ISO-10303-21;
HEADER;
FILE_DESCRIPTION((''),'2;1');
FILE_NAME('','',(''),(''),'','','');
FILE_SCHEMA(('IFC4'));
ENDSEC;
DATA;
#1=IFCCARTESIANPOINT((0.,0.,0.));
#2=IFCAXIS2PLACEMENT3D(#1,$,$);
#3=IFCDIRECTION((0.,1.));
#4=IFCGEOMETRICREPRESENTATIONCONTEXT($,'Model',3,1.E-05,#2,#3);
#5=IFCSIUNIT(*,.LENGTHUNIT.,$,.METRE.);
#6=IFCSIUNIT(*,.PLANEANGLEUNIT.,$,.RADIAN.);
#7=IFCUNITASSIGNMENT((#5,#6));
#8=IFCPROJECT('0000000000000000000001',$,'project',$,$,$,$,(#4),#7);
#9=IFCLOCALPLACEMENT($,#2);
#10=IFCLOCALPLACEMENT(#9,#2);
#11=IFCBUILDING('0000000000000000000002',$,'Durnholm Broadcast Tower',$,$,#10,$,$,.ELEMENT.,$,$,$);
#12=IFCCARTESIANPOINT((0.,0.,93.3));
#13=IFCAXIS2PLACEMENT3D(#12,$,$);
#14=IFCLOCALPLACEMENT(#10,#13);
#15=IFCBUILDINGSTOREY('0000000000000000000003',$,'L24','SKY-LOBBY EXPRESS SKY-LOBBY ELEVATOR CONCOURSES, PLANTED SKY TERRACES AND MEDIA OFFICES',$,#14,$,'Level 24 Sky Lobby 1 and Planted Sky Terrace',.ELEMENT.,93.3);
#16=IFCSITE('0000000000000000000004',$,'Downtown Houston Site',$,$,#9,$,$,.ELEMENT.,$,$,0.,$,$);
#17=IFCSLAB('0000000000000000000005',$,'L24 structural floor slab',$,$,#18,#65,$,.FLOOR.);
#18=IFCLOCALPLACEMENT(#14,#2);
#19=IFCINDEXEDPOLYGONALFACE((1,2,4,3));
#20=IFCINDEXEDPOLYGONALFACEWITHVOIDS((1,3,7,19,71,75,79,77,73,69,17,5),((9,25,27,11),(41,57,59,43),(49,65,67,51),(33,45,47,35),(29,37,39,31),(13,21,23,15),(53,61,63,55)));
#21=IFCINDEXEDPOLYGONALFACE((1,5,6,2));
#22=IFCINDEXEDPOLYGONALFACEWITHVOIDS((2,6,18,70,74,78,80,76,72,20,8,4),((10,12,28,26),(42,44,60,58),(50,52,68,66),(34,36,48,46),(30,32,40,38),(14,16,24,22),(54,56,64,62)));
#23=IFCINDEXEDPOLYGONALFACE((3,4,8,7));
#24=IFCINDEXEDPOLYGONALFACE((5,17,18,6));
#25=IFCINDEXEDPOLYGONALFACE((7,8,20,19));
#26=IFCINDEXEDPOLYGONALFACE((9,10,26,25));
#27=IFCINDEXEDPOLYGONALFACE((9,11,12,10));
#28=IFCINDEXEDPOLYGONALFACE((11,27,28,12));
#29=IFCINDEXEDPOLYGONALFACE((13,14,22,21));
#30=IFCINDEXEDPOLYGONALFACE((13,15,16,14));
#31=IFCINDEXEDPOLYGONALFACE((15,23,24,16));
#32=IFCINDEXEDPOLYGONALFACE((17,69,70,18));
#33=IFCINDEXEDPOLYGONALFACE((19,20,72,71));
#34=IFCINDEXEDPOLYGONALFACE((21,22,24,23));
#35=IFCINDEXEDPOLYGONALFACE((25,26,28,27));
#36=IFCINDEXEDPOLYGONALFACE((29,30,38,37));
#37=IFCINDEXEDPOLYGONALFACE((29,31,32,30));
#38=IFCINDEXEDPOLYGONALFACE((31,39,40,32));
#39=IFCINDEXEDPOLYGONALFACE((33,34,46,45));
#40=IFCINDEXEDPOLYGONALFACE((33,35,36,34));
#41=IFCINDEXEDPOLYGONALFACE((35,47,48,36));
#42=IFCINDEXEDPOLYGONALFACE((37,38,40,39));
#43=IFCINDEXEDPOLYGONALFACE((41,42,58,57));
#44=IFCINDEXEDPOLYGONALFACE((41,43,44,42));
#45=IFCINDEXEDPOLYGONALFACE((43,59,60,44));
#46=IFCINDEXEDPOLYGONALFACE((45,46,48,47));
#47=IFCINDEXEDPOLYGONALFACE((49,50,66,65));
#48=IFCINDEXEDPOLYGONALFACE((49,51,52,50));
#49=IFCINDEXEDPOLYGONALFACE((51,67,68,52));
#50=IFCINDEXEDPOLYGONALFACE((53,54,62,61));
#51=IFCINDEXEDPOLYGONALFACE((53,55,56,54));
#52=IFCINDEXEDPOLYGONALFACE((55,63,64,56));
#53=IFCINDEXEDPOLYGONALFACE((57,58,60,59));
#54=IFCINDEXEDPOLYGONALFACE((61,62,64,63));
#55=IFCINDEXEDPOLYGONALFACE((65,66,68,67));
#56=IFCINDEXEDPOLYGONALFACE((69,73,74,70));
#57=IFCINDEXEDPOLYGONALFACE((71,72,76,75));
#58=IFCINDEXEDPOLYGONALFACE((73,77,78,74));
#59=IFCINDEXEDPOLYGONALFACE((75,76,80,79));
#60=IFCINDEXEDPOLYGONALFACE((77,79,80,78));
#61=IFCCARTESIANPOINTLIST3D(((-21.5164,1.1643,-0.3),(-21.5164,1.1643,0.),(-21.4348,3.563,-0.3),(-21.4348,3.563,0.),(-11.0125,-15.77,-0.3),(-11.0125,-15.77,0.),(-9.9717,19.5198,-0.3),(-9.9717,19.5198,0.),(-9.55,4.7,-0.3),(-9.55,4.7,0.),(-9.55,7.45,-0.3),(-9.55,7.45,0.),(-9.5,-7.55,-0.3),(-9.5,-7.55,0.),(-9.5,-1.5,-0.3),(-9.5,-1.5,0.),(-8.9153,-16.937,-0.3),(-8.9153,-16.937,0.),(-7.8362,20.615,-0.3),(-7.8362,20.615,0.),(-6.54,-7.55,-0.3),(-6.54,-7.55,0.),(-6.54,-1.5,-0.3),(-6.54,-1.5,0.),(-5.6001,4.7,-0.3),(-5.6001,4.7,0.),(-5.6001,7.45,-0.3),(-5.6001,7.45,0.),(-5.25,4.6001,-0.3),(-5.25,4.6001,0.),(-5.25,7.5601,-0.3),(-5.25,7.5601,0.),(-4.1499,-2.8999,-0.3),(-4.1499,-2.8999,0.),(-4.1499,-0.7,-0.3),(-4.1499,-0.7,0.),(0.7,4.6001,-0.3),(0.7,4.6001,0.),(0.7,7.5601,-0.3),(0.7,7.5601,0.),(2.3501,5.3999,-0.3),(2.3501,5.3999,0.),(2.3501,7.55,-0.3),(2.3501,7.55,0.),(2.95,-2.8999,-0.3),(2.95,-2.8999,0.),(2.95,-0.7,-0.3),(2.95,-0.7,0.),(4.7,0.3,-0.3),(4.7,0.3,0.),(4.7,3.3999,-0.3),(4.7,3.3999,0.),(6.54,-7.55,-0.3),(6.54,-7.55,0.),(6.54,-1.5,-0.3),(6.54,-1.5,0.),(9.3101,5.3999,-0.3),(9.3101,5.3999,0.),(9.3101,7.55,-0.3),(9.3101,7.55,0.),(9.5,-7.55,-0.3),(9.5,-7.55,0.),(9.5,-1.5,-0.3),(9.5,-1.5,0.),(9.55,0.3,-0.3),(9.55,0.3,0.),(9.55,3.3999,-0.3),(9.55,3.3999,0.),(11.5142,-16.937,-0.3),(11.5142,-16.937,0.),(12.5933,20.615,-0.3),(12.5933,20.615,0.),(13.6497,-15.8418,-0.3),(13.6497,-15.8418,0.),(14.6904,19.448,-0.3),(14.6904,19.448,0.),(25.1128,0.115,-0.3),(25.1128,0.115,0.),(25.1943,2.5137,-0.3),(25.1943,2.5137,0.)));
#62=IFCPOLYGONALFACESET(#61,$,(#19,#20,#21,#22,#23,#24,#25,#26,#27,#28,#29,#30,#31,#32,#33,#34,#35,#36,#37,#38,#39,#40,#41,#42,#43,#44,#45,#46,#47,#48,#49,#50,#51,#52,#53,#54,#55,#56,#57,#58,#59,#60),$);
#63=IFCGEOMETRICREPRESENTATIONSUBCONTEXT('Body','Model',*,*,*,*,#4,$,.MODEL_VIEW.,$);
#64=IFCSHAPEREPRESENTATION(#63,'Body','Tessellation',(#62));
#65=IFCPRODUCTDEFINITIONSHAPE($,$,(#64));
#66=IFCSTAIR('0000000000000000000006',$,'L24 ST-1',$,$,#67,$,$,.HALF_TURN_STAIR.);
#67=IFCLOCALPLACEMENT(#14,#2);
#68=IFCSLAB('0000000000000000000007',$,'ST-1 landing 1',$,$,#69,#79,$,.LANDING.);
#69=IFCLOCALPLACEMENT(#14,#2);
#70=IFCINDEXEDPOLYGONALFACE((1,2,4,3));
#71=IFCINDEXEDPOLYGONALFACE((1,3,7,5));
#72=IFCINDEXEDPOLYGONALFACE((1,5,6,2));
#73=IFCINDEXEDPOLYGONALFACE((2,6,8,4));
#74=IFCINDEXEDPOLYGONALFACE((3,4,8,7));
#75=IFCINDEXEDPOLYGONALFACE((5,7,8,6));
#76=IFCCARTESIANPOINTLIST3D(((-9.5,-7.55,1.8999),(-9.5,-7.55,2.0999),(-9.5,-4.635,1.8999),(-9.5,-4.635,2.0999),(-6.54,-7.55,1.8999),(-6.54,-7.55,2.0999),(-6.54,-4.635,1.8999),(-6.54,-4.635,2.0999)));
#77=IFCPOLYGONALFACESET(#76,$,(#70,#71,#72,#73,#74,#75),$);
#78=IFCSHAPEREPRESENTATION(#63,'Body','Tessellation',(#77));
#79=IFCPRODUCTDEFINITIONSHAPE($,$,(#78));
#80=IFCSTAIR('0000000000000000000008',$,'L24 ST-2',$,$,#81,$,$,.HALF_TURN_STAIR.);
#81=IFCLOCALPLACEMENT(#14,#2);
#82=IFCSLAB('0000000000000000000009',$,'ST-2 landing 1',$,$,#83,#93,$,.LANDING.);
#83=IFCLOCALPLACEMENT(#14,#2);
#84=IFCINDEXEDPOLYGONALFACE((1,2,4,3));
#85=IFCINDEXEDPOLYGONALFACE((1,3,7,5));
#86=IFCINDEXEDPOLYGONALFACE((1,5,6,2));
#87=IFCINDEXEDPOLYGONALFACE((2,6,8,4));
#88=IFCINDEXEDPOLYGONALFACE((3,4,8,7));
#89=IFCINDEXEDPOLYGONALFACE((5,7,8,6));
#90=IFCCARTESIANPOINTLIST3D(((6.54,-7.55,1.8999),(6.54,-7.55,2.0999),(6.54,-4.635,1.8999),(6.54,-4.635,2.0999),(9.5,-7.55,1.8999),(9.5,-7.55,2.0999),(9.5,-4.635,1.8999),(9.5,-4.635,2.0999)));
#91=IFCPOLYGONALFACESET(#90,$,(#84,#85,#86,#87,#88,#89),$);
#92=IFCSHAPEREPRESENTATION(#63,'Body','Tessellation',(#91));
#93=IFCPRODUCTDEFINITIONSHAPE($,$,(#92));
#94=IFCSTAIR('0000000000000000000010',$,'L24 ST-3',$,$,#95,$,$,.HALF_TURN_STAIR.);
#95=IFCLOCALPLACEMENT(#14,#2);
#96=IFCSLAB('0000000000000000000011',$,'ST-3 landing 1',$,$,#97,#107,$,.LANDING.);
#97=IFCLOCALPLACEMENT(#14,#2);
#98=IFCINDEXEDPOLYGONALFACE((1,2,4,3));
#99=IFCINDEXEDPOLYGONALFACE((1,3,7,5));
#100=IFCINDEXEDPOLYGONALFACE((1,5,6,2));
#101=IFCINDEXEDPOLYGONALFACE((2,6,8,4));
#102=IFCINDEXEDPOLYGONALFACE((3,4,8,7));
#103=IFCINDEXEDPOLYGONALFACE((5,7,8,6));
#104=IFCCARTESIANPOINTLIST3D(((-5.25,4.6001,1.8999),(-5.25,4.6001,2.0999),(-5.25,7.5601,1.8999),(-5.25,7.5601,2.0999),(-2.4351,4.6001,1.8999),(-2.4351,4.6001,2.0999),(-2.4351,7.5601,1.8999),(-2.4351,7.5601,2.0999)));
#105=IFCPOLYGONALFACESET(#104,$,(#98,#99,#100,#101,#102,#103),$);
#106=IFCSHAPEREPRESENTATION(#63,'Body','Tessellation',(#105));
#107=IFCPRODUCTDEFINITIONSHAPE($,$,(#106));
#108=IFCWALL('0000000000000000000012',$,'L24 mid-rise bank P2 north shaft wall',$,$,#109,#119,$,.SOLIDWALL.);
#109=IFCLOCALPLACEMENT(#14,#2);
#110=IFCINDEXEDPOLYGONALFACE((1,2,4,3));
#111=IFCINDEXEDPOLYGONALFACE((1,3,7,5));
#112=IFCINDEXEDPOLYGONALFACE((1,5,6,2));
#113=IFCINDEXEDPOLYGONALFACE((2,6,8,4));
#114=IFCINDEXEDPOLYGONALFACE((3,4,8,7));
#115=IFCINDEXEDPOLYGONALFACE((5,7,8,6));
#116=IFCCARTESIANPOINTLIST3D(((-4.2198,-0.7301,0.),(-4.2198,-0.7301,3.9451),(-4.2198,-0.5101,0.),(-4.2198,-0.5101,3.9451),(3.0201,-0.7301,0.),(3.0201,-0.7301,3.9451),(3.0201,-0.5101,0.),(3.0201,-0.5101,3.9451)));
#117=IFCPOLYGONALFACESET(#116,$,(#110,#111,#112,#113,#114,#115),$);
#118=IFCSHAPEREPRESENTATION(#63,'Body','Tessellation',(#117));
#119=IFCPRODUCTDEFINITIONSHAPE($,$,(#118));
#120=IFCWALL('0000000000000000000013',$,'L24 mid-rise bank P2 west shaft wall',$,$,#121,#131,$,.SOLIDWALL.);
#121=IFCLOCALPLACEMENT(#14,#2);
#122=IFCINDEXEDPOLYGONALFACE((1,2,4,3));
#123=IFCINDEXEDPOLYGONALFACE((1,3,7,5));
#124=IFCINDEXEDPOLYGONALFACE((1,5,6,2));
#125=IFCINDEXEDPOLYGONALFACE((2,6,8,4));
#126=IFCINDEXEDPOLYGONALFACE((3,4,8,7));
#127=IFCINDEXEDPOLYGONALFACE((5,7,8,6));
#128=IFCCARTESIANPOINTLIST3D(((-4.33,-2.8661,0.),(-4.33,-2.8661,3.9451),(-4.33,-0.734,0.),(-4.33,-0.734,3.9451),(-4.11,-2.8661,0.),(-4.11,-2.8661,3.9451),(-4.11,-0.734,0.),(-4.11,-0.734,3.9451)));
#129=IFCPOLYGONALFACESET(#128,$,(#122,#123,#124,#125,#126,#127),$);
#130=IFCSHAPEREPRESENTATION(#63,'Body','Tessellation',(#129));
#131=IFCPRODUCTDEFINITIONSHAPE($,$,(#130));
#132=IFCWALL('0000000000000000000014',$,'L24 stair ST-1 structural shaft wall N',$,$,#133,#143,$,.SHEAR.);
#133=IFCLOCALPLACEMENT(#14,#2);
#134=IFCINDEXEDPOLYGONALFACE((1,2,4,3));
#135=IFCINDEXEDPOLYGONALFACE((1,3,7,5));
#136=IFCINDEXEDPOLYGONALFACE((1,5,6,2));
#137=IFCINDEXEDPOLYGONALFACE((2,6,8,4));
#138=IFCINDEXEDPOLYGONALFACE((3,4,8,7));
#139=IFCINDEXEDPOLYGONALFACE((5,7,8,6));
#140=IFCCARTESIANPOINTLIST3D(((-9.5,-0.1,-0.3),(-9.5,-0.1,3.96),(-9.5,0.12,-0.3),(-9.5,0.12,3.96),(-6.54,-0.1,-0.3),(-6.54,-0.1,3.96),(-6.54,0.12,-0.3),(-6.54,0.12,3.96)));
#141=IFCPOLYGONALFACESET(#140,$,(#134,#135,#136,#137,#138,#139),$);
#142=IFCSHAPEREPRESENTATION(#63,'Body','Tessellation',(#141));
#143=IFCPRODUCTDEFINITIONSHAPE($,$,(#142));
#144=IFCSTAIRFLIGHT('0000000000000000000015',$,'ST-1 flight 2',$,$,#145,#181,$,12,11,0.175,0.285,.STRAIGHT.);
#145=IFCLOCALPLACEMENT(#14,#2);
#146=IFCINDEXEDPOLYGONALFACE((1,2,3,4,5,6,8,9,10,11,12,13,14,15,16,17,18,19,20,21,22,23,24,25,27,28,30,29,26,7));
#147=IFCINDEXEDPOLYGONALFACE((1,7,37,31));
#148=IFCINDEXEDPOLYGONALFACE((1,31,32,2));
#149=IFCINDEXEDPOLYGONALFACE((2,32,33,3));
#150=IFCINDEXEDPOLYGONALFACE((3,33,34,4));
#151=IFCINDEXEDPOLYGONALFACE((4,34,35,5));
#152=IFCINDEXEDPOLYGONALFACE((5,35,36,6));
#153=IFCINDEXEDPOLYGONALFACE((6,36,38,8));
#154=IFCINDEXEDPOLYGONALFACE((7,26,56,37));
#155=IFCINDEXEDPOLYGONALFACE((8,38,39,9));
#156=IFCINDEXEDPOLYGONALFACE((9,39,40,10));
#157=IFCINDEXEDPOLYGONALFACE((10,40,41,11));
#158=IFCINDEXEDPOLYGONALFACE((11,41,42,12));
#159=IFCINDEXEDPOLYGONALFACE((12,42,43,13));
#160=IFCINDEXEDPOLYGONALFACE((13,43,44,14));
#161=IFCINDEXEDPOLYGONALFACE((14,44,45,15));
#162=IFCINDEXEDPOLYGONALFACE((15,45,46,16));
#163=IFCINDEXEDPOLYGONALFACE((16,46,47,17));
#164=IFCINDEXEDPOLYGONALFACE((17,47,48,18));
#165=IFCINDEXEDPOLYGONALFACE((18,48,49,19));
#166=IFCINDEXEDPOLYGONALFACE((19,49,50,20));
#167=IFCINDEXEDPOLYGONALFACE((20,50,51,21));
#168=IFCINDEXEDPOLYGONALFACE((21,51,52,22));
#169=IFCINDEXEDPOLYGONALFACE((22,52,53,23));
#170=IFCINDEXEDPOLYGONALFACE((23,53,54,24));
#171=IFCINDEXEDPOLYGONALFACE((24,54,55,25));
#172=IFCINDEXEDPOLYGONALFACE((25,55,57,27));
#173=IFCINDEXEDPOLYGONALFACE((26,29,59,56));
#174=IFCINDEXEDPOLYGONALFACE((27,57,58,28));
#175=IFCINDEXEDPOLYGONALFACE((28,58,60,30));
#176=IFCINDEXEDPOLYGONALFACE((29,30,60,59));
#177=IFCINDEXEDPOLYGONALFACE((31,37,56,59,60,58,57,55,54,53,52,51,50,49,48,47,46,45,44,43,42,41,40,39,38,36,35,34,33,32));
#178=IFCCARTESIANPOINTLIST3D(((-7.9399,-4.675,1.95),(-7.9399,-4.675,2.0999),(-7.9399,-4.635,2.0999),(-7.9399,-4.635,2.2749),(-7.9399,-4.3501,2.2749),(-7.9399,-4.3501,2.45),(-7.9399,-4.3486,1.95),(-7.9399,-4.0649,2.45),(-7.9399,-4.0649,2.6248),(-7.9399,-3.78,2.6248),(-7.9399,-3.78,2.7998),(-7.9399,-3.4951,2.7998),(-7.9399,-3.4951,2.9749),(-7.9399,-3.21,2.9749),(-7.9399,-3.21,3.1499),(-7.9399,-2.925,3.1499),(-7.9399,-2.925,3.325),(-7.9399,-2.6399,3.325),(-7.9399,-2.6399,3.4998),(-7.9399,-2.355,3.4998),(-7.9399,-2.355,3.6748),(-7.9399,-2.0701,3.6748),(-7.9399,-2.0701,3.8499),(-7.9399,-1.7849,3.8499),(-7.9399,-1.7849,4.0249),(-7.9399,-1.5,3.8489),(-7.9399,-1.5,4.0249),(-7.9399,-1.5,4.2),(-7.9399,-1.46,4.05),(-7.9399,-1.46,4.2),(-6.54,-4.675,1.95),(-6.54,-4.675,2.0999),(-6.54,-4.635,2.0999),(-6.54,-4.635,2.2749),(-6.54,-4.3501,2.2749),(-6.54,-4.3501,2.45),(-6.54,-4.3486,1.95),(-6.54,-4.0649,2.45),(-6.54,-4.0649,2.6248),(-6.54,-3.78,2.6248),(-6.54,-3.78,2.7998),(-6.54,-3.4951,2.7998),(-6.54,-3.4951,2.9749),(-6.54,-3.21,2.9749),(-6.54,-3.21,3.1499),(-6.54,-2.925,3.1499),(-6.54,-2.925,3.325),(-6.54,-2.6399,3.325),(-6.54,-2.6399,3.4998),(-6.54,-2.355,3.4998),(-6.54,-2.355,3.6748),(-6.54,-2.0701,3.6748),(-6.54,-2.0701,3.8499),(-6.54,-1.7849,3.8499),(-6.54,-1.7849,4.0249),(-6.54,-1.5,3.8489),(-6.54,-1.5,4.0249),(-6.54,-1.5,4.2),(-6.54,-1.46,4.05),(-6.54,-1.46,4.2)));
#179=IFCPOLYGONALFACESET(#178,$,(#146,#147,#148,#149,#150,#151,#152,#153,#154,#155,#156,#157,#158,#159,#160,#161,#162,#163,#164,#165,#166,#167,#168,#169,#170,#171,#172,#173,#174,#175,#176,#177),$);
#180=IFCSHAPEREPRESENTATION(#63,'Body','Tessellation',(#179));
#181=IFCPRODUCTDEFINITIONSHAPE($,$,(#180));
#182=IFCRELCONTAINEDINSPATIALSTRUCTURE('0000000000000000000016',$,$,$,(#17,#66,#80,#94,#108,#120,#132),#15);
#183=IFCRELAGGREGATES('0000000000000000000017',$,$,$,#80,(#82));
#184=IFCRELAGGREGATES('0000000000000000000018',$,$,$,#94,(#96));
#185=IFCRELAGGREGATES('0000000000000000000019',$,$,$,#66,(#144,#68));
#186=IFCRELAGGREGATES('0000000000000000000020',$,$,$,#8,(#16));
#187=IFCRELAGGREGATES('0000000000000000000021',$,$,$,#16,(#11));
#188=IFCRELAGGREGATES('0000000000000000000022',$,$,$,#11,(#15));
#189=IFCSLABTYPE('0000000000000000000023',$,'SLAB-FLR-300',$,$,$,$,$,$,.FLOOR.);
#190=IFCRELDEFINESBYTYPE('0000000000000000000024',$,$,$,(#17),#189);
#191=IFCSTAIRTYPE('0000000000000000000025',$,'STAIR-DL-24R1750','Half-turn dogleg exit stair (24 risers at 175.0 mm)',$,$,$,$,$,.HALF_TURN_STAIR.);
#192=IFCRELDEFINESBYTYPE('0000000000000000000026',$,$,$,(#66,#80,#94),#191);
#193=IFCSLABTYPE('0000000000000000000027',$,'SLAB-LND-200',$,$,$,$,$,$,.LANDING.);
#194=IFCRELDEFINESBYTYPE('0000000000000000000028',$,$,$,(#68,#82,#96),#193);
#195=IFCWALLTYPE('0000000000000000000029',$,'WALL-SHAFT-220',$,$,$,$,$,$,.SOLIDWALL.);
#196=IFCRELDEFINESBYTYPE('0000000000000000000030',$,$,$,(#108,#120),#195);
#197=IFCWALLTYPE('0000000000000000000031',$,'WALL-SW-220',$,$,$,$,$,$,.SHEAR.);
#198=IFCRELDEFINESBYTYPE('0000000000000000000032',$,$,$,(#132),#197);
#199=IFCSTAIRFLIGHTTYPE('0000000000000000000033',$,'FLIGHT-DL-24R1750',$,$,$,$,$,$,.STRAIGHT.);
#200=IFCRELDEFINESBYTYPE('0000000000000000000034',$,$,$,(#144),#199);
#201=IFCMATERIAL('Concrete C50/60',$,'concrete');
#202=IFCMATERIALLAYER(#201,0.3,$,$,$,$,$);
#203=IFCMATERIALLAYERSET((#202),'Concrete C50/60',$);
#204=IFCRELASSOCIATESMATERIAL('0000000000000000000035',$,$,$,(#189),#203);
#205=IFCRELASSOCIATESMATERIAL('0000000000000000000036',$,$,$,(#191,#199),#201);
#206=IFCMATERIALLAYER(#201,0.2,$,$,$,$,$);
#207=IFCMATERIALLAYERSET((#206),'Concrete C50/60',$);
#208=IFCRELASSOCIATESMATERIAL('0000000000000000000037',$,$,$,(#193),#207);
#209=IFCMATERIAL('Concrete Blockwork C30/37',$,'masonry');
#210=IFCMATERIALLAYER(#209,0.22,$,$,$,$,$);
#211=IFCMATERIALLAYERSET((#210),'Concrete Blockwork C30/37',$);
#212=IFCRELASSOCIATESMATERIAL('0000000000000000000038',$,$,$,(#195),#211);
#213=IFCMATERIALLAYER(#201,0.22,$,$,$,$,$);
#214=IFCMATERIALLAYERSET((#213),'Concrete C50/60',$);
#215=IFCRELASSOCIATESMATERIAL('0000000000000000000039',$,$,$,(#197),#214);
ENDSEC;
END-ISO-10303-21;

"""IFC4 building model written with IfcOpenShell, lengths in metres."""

from ifc_helpers import new_model, si_unit, direction, frame, frame_2d, origin, place, context, subcontext, project, spatial, polyline, rectangle, outline, extrude, material, layer, layer_set, type_object, element, aggregate, save


model = new_model("IFC4")

# Units and contexts
model_context = context("Model", 3, precision=1e-05, world=origin(), true_north=direction((0.0, 1.0)))
body_context = subcontext(model_context, "Body", "Model", "MODEL_VIEW")
ifc_project = project(units=[si_unit("LENGTHUNIT", "METRE"), si_unit("PLANEANGLEUNIT", "RADIAN")], contexts=[model_context])

# Site, building, storey
site_placement = place(None, origin())
site = spatial("IfcSite", under=ifc_project, at=site_placement, Name="Downtown Houston Site", CompositionType="ELEMENT", RefElevation=0.0)
building_placement = place(site_placement, origin())
building = spatial("IfcBuilding", under=site, at=building_placement, Name="Durnholm Broadcast Tower", CompositionType="ELEMENT")
storey_placement = place(building_placement, frame((0.0, 0.0, 93.3)))
storey = spatial("IfcBuildingStorey", under=building, at=storey_placement, Name="L24", Description="SKY-LOBBY EXPRESS SKY-LOBBY ELEVATOR CONCOURSES, PLANTED SKY TERRACES AND MEDIA OFFICES", LongName="Level 24 Sky Lobby 1 and Planted Sky Terrace", CompositionType="ELEMENT", Elevation=93.3)

# Slab
ifc_material_1 = material(Name="Concrete C50/60", Category="concrete")
ifc_layer_1 = layer(ifc_material_1, 0.3)
ifc_layer_set_1 = layer_set([ifc_layer_1], Name="Concrete C50/60")
slab_type_1 = type_object("IfcSlabType", Name="SLAB-FLR-300", PredefinedType="FLOOR", material=ifc_layer_set_1)
slab_1_placement = place(storey_placement, frame((0.0, 0.0, -0.3)))
element("IfcSlab", 1, at=slab_1_placement, inside=storey, type_object=slab_type_1, Name="L24 structural floor slab", PredefinedType="FLOOR", context=body_context, shape_type="SweptSolid", body=[
    extrude(outline(polyline([(-11.0125, -15.77), (-8.9153, -16.937), (11.5142, -16.937), (13.6497, -15.8418), (25.1128, 0.115), (25.1943, 2.5137), (14.6904, 19.448), (12.5933, 20.615), (-7.8362, 20.615), (-9.9717, 19.5198), (-21.4348, 3.563), (-21.5164, 1.1643), (-11.0125, -15.77)]), holes=[polyline([(-6.54, -1.5), (-9.5, -1.5), (-9.5, -7.55), (-6.54, -7.55), (-6.54, -1.5)]), polyline([(9.5, -7.55), (9.5, -1.5), (6.54, -1.5), (6.54, -7.55), (9.5, -7.55)]), polyline([(2.95, -0.7), (-4.1499, -0.7), (-4.1499, -2.8999), (2.95, -2.8999), (2.95, -0.7)]), polyline([(9.55, 3.3999), (4.7, 3.3999), (4.7, 0.3), (9.55, 0.3), (9.55, 3.3999)]), polyline([(-5.6001, 7.45), (-9.55, 7.45), (-9.55, 4.7), (-5.6001, 4.7), (-5.6001, 7.45)]), polyline([(-5.25, 4.6001), (0.7, 4.6001), (0.7, 7.5601), (-5.25, 7.5601), (-5.25, 4.6001)]), polyline([(9.3101, 7.55), (2.3501, 7.55), (2.3501, 5.3999), (9.3101, 5.3999), (9.3101, 7.55)])]), origin(), (0.0, 0.0, 1.0), 0.3),
])

# Stairs, slabs
stair_type = type_object("IfcStairType", Name="STAIR-DL-24R1750", Description="Half-turn dogleg exit stair (24 risers at 175.0 mm)", PredefinedType="HALF_TURN_STAIR", material=ifc_material_1)
stair_1_placement = place(storey_placement, origin())
stair_1 = element("IfcStair", 2, at=stair_1_placement, inside=storey, type_object=stair_type, Name="L24 ST-1", PredefinedType="HALF_TURN_STAIR")
ifc_layer_2 = layer(ifc_material_1, 0.2)
ifc_layer_set_2 = layer_set([ifc_layer_2], Name="Concrete C50/60")
slab_type_2 = type_object("IfcSlabType", Name="SLAB-LND-200", PredefinedType="LANDING", material=ifc_layer_set_2)
slab_2_placement = place(storey_placement, frame((0.0, 0.0, 1.8999)))
slab_2 = element("IfcSlab", 3, at=slab_2_placement, type_object=slab_type_2, Name="ST-1 landing 1", PredefinedType="LANDING", context=body_context, shape_type="SweptSolid", body=[
    extrude(outline(polyline([(-9.5, -4.635), (-9.5, -7.55), (-6.54, -7.55), (-6.54, -4.635), (-9.5, -4.635)])), origin(), (0.0, 0.0, 1.0), 0.2),
])
stair_2_placement = place(storey_placement, origin())
stair_2 = element("IfcStair", 4, at=stair_2_placement, inside=storey, type_object=stair_type, Name="L24 ST-2", PredefinedType="HALF_TURN_STAIR")
slab_3_placement = place(storey_placement, frame((0.0, 0.0, 1.8999)))
slab_3 = element("IfcSlab", 5, at=slab_3_placement, type_object=slab_type_2, Name="ST-2 landing 1", PredefinedType="LANDING", context=body_context, shape_type="SweptSolid", body=[
    extrude(outline(polyline([(6.54, -4.635), (6.54, -7.55), (9.5, -7.55), (9.5, -4.635), (6.54, -4.635)])), origin(), (0.0, 0.0, 1.0), 0.2),
])
aggregate(stair_2, [slab_3])
stair_3_placement = place(storey_placement, origin())
stair_3 = element("IfcStair", 6, at=stair_3_placement, inside=storey, type_object=stair_type, Name="L24 ST-3", PredefinedType="HALF_TURN_STAIR")
slab_4_placement = place(storey_placement, frame((0.0, 0.0, 1.8999)))
slab_4 = element("IfcSlab", 7, at=slab_4_placement, type_object=slab_type_2, Name="ST-3 landing 1", PredefinedType="LANDING", context=body_context, shape_type="SweptSolid", body=[
    extrude(outline(polyline([(-2.4351, 7.5601), (-5.25, 7.5601), (-5.25, 4.6001), (-2.4351, 4.6001), (-2.4351, 7.5601)])), origin(), (0.0, 0.0, 1.0), 0.2),
])
aggregate(stair_3, [slab_4])

# Shared definitions
ifc_material_2 = material(Name="Concrete Blockwork C30/37", Category="masonry")
ifc_layer_3 = layer(ifc_material_2, 0.22)
ifc_layer_set_3 = layer_set([ifc_layer_3], Name="Concrete Blockwork C30/37")
wall_type_1 = type_object("IfcWallType", Name="WALL-SHAFT-220", PredefinedType="SOLIDWALL", material=ifc_layer_set_3)

# Walls
wall_1_placement = place(storey_placement, frame((-4.22, -0.6201, 0.0), z_axis=(0.0, 0.0, 1.0), x_axis=(1.0, 0.0, 0.0)))
element("IfcWall", 8, at=wall_1_placement, inside=storey, type_object=wall_type_1, Name="L24 mid-rise bank P2 north shaft wall", PredefinedType="SOLIDWALL", context=body_context, shape_type="SweptSolid", body=[
    extrude(rectangle(XDim=7.24, YDim=0.22, at=frame_2d((3.6201, 0.0))), origin(), (0.0, 0.0, 1.0), 3.9451),
])
wall_2_placement = place(storey_placement, frame((-4.22, -2.866, 0.0), z_axis=(0.0, 0.0, 1.0), x_axis=(0.0, 1.0, 0.0)))
element("IfcWall", 9, at=wall_2_placement, inside=storey, type_object=wall_type_1, Name="L24 mid-rise bank P2 west shaft wall", PredefinedType="SOLIDWALL", context=body_context, shape_type="SweptSolid", body=[
    extrude(rectangle(XDim=2.1321, YDim=0.22, at=frame_2d((1.0659, 0.0))), origin(), (0.0, 0.0, 1.0), 3.9451),
])
ifc_layer_4 = layer(ifc_material_1, 0.22)
ifc_layer_set_4 = layer_set([ifc_layer_4], Name="Concrete C50/60")
wall_type_2 = type_object("IfcWallType", Name="WALL-SW-220", PredefinedType="SHEAR", material=ifc_layer_set_4)
wall_3_placement = place(storey_placement, frame((-6.54, 0.01, -0.3), z_axis=(0.0, 0.0, 1.0), x_axis=(-1.0, 0.0, 0.0)))
element("IfcWall", 10, at=wall_3_placement, inside=storey, type_object=wall_type_2, Name="L24 stair ST-1 structural shaft wall N", PredefinedType="SHEAR", context=body_context, shape_type="SweptSolid", body=[
    extrude(rectangle(XDim=2.96, YDim=0.22, at=frame_2d((1.48, 0.0))), origin(), (0.0, 0.0, 1.0), 4.26),
])

# Stair flight
stair_flight_type = type_object("IfcStairFlightType", Name="FLIGHT-DL-24R1750", PredefinedType="STRAIGHT", material=ifc_material_1)
stair_flight_placement = place(storey_placement, frame((-7.24, -4.635, 2.0999), z_axis=(0.0, 0.0, 1.0), x_axis=(0.0, 1.0, 0.0)))
stair_flight = element("IfcStairFlight", 11, at=stair_flight_placement, type_object=stair_flight_type, Name="ST-1 flight 2", NumberOfRisers=12, NumberOfTreads=11, PredefinedType="STRAIGHT", RiserHeight=0.175, TreadLength=0.285, context=body_context, shape_type="SweptSolid", body=[
    extrude(outline(polyline([(-0.04, -0.1499), (-0.04, 0.0), (0.0, 0.0), (0.0, 0.175), (0.2849, 0.175), (0.2849, 0.3501), (0.5701, 0.3501), (0.5701, 0.5249), (0.855, 0.5249), (0.855, 0.7), (1.1399, 0.7), (1.1399, 0.875), (1.425, 0.875), (1.425, 1.05), (1.71, 1.05), (1.71, 1.2251), (1.9951, 1.2251), (1.9951, 1.3999), (2.28, 1.3999), (2.28, 1.575), (2.5649, 1.575), (2.5649, 1.75), (2.8501, 1.75), (2.8501, 1.925), (3.135, 1.925), (3.135, 2.1001), (3.175, 2.1001), (3.175, 1.9502), (3.135, 1.749), (0.2864, -0.1499), (-0.04, -0.1499)])), frame((0.0, 0.7, 0.0), z_axis=(0.0, -1.0, 0.0), x_axis=(1.0, 0.0, 0.0)), (0.0, 0.0, 1.0), 1.3999),
])
aggregate(stair_1, [stair_flight, slab_2])

save(model, "model.ifc")
